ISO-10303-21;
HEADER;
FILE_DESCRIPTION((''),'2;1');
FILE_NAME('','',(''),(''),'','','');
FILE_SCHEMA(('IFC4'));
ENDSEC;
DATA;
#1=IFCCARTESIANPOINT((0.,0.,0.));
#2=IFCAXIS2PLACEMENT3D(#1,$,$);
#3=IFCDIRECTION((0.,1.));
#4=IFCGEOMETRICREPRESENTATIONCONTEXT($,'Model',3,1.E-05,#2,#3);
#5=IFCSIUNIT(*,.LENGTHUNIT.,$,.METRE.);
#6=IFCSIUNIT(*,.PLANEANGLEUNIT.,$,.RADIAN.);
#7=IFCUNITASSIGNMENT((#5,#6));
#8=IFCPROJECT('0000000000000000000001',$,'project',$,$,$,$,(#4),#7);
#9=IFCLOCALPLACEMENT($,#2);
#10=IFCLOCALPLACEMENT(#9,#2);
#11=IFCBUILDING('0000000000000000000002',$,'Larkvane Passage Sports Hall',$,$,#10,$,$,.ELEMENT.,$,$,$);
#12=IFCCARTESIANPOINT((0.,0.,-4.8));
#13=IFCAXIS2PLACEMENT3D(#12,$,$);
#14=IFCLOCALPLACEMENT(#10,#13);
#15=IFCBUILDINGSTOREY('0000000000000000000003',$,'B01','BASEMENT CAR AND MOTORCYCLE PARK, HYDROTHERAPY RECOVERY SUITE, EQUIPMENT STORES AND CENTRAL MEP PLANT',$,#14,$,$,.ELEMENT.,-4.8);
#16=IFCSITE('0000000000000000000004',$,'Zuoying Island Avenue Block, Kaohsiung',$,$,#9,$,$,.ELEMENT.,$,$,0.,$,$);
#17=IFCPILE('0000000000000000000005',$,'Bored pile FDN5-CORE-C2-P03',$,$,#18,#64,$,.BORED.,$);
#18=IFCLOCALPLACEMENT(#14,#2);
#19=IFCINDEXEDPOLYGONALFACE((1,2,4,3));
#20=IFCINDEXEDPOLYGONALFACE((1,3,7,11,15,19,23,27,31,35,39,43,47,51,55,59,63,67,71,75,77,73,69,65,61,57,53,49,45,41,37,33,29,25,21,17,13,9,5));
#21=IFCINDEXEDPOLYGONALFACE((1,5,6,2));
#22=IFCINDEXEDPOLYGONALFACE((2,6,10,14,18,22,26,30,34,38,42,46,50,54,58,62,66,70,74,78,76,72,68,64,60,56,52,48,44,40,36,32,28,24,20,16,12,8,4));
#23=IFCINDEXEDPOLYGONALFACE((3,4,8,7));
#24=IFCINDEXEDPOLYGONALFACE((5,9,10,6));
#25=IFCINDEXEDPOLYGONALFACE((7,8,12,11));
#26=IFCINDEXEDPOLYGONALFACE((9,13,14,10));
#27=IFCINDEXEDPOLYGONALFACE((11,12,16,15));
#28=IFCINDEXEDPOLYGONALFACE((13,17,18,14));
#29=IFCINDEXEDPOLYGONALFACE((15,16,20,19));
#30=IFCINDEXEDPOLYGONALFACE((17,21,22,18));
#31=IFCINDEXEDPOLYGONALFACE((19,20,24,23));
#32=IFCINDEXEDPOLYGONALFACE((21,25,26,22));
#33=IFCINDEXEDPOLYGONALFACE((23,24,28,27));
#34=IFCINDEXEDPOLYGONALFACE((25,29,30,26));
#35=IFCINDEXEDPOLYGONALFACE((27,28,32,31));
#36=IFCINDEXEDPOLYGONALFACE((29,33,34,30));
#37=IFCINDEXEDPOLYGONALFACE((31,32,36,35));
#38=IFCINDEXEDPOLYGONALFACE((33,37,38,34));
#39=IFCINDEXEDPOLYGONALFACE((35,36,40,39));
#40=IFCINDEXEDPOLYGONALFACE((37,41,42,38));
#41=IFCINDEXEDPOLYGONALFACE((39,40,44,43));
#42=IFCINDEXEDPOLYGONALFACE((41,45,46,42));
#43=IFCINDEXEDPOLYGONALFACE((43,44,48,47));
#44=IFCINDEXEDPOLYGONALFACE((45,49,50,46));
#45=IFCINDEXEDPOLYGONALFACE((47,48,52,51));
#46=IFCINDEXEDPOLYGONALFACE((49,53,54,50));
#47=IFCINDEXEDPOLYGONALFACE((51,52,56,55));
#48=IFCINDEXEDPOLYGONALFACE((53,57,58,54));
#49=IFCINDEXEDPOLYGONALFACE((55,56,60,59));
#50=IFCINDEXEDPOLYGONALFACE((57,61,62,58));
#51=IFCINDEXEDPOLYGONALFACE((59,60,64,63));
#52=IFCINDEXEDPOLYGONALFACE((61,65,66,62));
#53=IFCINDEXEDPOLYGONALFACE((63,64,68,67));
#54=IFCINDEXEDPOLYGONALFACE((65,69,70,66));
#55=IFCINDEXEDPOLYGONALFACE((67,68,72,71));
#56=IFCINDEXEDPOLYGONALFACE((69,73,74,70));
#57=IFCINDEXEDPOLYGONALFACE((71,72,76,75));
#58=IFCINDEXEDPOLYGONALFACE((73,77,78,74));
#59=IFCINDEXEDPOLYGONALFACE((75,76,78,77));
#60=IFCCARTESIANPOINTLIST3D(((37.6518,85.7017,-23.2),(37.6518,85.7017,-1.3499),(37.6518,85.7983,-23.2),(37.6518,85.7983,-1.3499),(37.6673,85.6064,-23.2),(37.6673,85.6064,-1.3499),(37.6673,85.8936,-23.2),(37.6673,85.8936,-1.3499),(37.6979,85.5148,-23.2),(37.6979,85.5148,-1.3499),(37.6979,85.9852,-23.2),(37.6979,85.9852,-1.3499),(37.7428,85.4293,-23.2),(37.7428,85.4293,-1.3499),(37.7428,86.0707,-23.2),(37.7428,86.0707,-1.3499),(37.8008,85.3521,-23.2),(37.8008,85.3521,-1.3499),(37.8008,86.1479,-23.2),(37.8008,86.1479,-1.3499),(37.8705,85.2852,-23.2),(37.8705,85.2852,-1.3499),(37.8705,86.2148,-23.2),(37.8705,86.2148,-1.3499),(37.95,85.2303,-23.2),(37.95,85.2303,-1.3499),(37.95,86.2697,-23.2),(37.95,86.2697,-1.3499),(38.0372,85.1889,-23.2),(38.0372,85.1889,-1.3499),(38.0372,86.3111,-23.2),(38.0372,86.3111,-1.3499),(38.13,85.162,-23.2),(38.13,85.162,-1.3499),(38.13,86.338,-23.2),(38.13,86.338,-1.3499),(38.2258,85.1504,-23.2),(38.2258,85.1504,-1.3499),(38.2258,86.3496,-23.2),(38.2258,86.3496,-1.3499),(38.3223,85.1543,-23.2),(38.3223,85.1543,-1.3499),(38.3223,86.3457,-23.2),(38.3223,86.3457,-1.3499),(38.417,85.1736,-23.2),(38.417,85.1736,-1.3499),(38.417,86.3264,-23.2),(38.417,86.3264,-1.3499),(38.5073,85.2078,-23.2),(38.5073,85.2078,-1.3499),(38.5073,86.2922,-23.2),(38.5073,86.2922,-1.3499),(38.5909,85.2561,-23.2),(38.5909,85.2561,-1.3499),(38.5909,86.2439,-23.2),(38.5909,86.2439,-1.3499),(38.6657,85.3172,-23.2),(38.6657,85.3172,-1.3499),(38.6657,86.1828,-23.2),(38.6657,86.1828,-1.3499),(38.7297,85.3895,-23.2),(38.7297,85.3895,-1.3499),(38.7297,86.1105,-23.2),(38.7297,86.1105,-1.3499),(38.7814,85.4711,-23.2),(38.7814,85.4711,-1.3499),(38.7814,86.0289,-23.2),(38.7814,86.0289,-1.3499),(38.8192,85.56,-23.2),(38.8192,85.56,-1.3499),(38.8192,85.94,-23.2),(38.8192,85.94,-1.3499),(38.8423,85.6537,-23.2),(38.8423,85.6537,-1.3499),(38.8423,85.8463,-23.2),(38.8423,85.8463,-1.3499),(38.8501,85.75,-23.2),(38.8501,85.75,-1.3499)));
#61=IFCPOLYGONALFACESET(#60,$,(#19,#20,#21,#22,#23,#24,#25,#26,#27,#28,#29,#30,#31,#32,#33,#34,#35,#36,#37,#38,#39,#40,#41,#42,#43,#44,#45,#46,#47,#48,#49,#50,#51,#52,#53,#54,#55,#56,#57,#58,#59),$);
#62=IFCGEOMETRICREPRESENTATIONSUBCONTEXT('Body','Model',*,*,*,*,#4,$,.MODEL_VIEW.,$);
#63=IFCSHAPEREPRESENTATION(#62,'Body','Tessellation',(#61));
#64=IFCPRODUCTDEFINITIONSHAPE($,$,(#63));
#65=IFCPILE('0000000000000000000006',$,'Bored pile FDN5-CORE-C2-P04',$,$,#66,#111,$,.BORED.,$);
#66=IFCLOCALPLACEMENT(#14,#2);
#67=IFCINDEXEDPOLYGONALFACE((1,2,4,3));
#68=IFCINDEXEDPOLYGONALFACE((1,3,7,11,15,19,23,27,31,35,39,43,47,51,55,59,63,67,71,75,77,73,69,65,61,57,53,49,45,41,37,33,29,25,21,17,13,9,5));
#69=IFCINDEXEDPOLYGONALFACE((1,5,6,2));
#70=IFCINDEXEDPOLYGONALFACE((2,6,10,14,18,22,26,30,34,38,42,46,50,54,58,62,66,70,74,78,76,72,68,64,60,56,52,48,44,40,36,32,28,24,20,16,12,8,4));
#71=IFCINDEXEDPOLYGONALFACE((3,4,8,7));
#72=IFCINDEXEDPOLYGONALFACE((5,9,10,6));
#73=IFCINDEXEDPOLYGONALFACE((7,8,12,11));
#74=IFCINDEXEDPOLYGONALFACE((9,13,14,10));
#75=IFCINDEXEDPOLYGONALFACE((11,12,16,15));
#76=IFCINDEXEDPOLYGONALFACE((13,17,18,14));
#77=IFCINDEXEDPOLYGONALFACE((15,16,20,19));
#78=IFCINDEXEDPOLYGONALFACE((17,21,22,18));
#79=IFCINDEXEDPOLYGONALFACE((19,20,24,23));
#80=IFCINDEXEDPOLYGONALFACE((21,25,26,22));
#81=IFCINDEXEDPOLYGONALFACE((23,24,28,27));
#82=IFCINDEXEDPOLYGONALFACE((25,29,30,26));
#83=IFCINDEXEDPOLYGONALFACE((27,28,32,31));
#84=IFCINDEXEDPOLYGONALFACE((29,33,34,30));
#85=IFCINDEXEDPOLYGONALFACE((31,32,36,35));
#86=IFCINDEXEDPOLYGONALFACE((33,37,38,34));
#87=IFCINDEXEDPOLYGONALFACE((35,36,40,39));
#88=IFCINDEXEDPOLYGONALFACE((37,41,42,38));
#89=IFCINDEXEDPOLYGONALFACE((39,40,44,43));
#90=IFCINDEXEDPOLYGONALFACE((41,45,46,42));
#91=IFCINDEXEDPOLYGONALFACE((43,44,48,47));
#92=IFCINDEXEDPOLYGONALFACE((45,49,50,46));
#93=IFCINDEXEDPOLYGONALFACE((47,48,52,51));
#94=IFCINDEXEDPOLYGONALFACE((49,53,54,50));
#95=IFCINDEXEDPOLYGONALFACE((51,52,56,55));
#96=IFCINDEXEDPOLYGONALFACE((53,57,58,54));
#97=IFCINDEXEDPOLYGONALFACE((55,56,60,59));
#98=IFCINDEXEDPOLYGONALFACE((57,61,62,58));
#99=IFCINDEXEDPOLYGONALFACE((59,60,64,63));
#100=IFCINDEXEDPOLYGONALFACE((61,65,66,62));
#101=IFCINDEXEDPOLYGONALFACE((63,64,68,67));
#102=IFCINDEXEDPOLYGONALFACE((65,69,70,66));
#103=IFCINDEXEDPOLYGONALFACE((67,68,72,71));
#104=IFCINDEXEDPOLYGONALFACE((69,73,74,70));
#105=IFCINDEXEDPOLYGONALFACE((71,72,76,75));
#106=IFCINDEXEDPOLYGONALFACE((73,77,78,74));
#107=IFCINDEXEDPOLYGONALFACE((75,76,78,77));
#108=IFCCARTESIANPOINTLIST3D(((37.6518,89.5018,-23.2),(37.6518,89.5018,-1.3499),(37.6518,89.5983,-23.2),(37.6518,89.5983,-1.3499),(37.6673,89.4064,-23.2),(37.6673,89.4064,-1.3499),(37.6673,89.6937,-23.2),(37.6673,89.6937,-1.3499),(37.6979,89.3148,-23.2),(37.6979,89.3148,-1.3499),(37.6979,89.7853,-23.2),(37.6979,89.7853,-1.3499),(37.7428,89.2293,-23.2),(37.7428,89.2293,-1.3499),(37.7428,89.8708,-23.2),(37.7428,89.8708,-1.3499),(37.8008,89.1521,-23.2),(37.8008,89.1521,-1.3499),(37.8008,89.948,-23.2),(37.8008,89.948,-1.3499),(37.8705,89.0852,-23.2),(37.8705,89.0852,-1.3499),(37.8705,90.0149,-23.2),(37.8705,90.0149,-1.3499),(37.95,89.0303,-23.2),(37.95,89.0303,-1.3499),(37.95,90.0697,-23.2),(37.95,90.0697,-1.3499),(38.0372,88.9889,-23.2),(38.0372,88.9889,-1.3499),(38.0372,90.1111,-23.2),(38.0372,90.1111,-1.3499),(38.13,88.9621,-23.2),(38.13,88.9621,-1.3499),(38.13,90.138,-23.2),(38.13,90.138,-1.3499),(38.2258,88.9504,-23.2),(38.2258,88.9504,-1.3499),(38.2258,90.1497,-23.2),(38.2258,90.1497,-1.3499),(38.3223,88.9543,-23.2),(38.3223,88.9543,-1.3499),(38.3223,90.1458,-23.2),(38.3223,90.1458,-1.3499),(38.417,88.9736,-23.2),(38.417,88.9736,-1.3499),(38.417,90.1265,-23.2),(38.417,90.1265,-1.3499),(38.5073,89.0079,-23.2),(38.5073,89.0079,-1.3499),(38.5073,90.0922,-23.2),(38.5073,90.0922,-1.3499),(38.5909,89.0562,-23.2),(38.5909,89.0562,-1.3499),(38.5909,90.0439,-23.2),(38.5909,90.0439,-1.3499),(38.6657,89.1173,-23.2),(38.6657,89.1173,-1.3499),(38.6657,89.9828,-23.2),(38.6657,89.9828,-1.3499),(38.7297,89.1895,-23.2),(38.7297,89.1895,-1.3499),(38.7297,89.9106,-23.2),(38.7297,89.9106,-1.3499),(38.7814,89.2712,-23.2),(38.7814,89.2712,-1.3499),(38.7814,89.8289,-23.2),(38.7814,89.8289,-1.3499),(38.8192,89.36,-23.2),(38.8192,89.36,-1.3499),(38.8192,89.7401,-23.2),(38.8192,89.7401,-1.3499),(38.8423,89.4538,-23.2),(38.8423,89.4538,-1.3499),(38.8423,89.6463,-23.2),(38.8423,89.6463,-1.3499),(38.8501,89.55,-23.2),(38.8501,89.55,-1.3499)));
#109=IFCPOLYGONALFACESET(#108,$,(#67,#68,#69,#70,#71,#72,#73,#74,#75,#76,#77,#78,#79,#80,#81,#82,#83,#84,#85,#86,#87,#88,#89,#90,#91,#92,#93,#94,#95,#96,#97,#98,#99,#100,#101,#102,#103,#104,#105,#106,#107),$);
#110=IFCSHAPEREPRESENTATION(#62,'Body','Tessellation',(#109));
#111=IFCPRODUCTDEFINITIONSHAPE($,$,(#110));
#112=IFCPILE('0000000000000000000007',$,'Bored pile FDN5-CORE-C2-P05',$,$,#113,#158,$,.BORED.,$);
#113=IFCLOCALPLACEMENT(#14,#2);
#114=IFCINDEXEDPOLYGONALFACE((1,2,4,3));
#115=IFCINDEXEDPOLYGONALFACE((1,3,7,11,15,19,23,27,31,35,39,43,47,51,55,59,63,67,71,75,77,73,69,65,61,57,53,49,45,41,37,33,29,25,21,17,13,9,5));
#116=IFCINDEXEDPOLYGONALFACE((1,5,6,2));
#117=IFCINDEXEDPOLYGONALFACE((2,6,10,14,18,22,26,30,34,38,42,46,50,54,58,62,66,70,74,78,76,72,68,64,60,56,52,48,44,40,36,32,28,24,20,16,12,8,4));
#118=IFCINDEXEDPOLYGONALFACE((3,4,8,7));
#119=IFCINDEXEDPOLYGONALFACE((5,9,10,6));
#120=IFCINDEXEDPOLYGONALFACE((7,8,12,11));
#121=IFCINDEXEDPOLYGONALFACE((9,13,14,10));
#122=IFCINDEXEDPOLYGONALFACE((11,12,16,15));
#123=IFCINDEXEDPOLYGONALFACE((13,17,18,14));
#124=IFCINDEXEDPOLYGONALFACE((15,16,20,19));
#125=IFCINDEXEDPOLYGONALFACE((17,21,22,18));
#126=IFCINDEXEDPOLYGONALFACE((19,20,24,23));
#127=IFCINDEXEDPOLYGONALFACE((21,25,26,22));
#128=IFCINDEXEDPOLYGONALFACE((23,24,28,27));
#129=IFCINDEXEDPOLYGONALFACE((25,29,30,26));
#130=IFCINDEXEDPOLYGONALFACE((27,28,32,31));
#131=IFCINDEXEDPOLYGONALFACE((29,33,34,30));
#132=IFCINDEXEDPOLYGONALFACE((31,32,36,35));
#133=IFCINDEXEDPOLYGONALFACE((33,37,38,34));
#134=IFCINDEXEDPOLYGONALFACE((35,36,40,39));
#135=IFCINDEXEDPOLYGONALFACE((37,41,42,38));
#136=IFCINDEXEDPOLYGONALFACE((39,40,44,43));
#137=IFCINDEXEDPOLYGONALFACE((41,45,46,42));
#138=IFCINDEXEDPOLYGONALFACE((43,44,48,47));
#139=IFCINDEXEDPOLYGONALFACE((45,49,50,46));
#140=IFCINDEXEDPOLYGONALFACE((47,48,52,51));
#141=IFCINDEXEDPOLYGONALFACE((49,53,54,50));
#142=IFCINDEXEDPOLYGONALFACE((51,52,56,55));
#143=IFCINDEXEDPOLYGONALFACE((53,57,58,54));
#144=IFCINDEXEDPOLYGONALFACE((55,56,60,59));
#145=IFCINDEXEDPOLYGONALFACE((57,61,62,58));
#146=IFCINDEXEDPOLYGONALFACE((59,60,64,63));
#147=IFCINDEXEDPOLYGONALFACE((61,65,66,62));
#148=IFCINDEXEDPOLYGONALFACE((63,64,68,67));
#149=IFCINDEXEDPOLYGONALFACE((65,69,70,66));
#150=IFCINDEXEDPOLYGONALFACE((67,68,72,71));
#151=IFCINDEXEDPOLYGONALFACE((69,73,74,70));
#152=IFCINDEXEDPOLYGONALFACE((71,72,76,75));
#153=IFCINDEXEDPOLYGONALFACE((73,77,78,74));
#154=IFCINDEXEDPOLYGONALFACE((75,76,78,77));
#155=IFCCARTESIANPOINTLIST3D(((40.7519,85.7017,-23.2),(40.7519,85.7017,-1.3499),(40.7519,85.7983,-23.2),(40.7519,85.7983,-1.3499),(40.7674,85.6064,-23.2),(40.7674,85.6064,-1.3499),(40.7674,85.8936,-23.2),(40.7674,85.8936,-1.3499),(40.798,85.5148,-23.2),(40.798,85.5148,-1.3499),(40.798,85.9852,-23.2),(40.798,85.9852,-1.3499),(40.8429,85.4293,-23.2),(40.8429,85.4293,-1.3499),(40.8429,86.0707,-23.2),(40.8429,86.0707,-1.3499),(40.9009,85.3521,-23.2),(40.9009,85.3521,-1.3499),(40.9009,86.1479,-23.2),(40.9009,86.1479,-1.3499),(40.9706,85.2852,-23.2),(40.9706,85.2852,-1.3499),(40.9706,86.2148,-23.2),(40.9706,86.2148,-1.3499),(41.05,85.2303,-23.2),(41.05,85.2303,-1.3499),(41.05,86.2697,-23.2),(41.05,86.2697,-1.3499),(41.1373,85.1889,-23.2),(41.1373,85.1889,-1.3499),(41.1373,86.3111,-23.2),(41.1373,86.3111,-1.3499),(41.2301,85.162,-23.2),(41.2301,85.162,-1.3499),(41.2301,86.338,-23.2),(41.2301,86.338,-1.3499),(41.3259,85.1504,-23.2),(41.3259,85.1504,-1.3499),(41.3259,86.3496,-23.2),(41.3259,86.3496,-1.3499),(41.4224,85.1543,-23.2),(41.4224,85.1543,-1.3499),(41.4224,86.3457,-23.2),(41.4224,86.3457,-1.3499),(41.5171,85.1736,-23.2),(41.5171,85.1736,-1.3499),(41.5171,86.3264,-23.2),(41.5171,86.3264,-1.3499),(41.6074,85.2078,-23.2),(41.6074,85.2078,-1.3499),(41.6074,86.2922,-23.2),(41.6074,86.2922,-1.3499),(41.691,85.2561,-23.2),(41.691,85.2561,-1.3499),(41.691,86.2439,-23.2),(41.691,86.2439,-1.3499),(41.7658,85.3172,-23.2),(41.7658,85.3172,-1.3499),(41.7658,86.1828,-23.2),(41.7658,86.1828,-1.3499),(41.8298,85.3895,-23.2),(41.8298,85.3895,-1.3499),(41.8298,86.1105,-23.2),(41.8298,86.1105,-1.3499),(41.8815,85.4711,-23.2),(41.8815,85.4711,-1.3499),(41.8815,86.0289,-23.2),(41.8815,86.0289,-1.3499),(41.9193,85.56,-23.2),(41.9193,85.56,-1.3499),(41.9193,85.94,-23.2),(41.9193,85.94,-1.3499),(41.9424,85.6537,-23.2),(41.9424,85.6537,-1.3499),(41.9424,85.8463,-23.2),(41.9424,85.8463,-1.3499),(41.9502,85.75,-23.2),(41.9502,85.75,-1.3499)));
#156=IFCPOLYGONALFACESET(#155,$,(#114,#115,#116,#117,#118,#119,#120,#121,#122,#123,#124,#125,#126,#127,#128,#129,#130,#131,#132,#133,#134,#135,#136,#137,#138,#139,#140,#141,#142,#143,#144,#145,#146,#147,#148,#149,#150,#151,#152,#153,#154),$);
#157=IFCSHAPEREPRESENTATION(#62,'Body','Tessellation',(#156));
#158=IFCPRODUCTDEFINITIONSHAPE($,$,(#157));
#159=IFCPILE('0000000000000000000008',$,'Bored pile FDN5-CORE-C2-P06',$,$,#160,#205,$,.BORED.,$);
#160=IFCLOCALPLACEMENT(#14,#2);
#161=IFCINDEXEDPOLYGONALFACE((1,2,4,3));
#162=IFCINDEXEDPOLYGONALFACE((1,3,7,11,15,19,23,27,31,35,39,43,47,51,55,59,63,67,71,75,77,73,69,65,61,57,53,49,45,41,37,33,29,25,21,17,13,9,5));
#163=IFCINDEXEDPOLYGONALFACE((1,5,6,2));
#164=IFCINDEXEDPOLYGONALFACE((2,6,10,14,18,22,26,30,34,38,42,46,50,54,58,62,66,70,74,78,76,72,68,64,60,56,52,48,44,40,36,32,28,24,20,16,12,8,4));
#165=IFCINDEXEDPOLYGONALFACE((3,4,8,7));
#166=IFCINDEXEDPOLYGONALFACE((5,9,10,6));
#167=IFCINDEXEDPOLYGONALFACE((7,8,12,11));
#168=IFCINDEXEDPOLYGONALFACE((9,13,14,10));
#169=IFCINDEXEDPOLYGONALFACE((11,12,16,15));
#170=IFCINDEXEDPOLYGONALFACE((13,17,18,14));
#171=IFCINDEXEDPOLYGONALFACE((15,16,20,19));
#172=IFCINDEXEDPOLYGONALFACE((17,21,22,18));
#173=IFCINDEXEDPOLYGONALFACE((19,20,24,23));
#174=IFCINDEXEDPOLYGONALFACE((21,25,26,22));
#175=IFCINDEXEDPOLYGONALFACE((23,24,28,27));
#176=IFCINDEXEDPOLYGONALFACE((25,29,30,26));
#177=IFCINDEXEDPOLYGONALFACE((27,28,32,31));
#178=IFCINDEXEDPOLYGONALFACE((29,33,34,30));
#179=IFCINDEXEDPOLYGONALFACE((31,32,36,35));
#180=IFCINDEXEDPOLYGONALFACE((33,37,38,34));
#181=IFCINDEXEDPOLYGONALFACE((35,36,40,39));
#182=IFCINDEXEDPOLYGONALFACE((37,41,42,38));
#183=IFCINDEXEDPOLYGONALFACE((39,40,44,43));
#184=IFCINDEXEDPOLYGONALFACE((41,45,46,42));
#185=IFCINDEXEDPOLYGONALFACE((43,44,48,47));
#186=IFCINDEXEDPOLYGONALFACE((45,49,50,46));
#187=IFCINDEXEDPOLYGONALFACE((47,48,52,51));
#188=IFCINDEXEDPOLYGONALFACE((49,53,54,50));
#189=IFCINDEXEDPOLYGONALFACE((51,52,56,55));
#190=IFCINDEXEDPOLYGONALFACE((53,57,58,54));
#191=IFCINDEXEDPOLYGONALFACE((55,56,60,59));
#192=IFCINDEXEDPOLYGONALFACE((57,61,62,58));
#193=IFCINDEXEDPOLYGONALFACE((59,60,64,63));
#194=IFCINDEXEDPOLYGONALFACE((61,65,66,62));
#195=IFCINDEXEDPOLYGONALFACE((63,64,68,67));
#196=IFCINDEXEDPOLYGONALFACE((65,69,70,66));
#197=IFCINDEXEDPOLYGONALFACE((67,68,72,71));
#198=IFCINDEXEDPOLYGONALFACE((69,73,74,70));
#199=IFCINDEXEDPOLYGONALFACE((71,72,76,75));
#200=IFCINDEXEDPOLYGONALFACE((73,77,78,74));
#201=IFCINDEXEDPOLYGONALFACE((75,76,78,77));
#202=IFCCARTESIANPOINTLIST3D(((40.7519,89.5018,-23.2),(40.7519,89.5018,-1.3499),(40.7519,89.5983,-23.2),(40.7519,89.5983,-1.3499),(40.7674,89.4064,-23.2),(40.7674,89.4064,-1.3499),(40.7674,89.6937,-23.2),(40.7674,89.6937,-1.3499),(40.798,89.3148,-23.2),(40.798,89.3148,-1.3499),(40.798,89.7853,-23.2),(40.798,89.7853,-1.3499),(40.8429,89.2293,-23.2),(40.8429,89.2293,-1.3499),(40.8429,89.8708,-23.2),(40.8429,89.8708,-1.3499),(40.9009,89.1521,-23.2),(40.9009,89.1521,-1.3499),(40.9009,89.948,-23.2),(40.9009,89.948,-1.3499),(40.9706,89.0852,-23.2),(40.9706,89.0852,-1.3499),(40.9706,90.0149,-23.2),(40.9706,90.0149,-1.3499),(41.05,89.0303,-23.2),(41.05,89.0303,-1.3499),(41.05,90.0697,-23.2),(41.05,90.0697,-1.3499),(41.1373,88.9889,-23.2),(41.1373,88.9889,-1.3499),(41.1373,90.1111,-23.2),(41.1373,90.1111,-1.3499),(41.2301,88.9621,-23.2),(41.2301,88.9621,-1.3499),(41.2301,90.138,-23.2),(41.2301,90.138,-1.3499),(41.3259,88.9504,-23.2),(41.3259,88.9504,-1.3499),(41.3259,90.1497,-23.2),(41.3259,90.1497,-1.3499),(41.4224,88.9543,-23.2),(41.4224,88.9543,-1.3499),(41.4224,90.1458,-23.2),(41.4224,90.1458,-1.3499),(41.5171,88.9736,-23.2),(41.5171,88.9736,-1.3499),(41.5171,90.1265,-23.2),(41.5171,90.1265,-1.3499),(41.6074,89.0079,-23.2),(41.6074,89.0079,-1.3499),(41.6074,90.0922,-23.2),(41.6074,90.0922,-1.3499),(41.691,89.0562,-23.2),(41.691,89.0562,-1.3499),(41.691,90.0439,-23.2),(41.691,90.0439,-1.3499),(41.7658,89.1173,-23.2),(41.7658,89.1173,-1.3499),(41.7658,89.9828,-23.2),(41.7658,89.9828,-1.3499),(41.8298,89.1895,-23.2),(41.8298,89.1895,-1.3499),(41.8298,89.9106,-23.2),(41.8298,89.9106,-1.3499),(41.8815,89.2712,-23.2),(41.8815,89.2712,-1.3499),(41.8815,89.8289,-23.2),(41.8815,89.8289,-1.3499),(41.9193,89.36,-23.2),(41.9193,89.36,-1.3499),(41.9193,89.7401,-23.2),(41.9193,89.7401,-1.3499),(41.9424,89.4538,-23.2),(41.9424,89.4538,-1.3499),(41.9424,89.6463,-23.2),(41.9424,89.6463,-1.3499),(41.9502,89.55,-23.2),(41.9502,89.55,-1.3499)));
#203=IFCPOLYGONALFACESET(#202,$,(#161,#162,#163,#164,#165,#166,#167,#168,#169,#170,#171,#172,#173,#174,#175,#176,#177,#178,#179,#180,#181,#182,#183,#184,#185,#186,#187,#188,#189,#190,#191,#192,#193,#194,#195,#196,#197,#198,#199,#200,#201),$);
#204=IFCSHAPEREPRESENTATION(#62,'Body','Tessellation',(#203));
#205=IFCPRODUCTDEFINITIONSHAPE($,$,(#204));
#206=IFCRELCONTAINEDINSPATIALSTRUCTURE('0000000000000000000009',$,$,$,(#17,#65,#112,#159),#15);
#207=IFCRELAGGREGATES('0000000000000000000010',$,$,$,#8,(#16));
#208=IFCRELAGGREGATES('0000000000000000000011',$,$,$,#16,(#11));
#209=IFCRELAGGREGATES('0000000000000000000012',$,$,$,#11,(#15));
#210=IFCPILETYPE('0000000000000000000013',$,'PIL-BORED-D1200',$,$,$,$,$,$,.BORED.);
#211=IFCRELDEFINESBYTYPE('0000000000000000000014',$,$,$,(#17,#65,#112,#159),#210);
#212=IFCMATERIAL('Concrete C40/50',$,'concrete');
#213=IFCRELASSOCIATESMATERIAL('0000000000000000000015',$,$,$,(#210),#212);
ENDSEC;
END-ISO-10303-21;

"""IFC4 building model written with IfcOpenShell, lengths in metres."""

from ifc_helpers import new_model, si_unit, direction, frame, origin, origin_2d, place, context, subcontext, project, spatial, circle, extrude, material, material_profile, profile_set, type_object, element, save


model = new_model("IFC4")

# Units and contexts
model_context = context("Model", 3, precision=1e-05, world=origin(), true_north=direction((0.0, 1.0)))
body_context = subcontext(model_context, "Body", "Model", "MODEL_VIEW")
ifc_project = project(units=[si_unit("LENGTHUNIT", "METRE"), si_unit("PLANEANGLEUNIT", "RADIAN")], contexts=[model_context])

# Site, building, storey
site_placement = place(None, origin())
site = spatial("IfcSite", under=ifc_project, at=site_placement, Name="Zuoying Island Avenue Block, Kaohsiung", CompositionType="ELEMENT", RefElevation=0.0)
building_placement = place(site_placement, origin())
building = spatial("IfcBuilding", under=site, at=building_placement, Name="Larkvane Passage Sports Hall", CompositionType="ELEMENT")
storey_placement = place(building_placement, frame((0.0, 0.0, -4.8)))
storey = spatial("IfcBuildingStorey", under=building, at=storey_placement, Name="B01", Description="BASEMENT CAR AND MOTORCYCLE PARK, HYDROTHERAPY RECOVERY SUITE, EQUIPMENT STORES AND CENTRAL MEP PLANT", CompositionType="ELEMENT", Elevation=-4.8)

# Shared definitions
ifc_material_1 = material(Name="Concrete C40/50", Category="concrete")

# Piles
ifc_material_profile_1 = material_profile(ifc_material_1, circle(Radius=0.6001, at=origin_2d()), Name="PILE-D1200")
ifc_profile_set_1 = profile_set([ifc_material_profile_1], Name="Concrete C40/50")
pile_type = type_object("IfcPileType", Name="PIL-BORED-D1200", PredefinedType="BORED", material=ifc_profile_set_1)
for number, where, z_axis, x_axis, name in (
    (1, (38.25, 85.75, -1.3499), (0.0, 0.0, -1.0), (1.0, 0.0, 0.0), "Bored pile FDN5-CORE-C2-P03"),
    (2, (38.25, 89.55, -1.3499), (0.0, 0.0, -1.0), (1.0, 0.0, 0.0), "Bored pile FDN5-CORE-C2-P04"),
    (3, (41.3501, 85.75, -1.3499), (0.0, 0.0, -1.0), (1.0, 0.0, 0.0), "Bored pile FDN5-CORE-C2-P05"),
    (4, (41.3501, 89.55, -1.3499), (0.0, 0.0, -1.0), (1.0, 0.0, 0.0), "Bored pile FDN5-CORE-C2-P06"),
):
    element("IfcPile", number, at=place(storey_placement, frame(where, z_axis=z_axis, x_axis=x_axis)), inside=storey, type_object=pile_type, Name=name, PredefinedType="BORED", context=body_context, shape_type="SweptSolid", body=[
        extrude(circle(Radius=0.6001, at=origin_2d()), origin(), (0.0, 0.0, 1.0), 21.8501),
    ])

save(model, "model.ifc")
